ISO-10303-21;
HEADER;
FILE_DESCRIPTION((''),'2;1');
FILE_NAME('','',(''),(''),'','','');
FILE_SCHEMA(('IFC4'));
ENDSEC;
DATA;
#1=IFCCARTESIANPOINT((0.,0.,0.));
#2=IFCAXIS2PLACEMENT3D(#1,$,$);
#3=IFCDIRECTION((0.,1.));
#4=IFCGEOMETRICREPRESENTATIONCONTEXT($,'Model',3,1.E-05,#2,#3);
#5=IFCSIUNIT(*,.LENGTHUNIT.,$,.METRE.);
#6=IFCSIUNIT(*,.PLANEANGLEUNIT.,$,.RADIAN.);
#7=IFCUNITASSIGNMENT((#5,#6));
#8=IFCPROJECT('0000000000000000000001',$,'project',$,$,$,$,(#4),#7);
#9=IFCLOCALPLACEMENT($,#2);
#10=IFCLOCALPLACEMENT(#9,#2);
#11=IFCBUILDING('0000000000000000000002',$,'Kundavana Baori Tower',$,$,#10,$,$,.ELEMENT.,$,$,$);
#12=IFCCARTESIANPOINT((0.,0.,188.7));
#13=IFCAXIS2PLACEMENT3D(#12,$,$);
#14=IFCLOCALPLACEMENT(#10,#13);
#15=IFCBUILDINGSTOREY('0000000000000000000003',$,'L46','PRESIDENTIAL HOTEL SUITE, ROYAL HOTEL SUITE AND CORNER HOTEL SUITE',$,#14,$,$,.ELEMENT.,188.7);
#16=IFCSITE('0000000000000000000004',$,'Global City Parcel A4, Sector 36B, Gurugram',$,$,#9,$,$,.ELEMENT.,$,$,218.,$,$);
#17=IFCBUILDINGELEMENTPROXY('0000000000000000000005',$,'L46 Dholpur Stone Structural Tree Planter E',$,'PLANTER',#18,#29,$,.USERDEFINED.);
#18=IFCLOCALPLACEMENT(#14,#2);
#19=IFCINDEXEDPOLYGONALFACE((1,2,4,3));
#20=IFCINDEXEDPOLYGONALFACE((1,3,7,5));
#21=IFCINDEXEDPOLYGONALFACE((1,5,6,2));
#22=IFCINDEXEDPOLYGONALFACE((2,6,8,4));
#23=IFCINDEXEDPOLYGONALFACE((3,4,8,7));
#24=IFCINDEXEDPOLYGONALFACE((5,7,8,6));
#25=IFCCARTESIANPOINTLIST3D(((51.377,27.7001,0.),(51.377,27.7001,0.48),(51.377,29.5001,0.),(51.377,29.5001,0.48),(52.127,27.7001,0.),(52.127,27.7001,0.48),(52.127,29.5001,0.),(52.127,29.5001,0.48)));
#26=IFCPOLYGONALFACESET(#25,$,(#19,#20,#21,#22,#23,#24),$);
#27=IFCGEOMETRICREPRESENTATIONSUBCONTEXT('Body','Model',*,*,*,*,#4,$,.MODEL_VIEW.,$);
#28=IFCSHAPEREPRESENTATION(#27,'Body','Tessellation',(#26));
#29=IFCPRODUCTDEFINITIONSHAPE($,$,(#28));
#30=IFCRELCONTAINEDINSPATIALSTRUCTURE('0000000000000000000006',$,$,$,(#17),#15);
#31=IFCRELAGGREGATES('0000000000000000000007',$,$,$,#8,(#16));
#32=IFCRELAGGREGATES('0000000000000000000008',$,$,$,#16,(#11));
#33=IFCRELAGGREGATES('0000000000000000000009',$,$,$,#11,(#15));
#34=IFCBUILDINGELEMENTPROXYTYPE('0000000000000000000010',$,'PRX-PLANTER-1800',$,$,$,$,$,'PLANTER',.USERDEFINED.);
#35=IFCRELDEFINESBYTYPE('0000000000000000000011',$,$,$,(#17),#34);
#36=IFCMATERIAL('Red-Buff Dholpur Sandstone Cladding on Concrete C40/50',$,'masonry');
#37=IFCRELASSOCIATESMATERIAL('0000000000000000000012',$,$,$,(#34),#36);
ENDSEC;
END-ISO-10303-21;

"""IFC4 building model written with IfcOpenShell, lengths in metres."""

from ifc_helpers import new_model, si_unit, direction, frame, origin, origin_2d, place, context, subcontext, project, spatial, rectangle, extrude, material, type_object, element, save


model = new_model("IFC4")

# Units and contexts
model_context = context("Model", 3, precision=1e-05, world=origin(), true_north=direction((0.0, 1.0)))
body_context = subcontext(model_context, "Body", "Model", "MODEL_VIEW")
ifc_project = project(units=[si_unit("LENGTHUNIT", "METRE"), si_unit("PLANEANGLEUNIT", "RADIAN")], contexts=[model_context])

# Site, building, storey
site_placement = place(None, origin())
site = spatial("IfcSite", under=ifc_project, at=site_placement, Name="Global City Parcel A4, Sector 36B, Gurugram", CompositionType="ELEMENT", RefElevation=218.0)
building_placement = place(site_placement, origin())
building = spatial("IfcBuilding", under=site, at=building_placement, Name="Kundavana Baori Tower", CompositionType="ELEMENT")
storey_placement = place(building_placement, frame((0.0, 0.0, 188.7)))
storey = spatial("IfcBuildingStorey", under=building, at=storey_placement, Name="L46", Description="PRESIDENTIAL HOTEL SUITE, ROYAL HOTEL SUITE AND CORNER HOTEL SUITE", CompositionType="ELEMENT", Elevation=188.7)

# Building element proxy
ifc_material_1 = material(Name="Red-Buff Dholpur Sandstone Cladding on Concrete C40/50", Category="masonry")
building_element_proxy_type = type_object("IfcBuildingElementProxyType", Name="PRX-PLANTER-1800", ElementType="PLANTER", PredefinedType="USERDEFINED", material=ifc_material_1)
proxy_placement = place(storey_placement, frame((51.752, 28.6001, 0.0), z_axis=(0.0, 0.0, 1.0), x_axis=(0.0, 1.0, 0.0)))
element("IfcBuildingElementProxy", 1, at=proxy_placement, inside=storey, type_object=building_element_proxy_type, Name="L46 Dholpur Stone Structural Tree Planter E", ObjectType="PLANTER", PredefinedType="USERDEFINED", context=body_context, shape_type="SweptSolid", body=[
    extrude(rectangle(XDim=1.8, YDim=0.75, at=origin_2d()), origin(), (0.0, 0.0, 1.0), 0.48),
])

save(model, "model.ifc")
